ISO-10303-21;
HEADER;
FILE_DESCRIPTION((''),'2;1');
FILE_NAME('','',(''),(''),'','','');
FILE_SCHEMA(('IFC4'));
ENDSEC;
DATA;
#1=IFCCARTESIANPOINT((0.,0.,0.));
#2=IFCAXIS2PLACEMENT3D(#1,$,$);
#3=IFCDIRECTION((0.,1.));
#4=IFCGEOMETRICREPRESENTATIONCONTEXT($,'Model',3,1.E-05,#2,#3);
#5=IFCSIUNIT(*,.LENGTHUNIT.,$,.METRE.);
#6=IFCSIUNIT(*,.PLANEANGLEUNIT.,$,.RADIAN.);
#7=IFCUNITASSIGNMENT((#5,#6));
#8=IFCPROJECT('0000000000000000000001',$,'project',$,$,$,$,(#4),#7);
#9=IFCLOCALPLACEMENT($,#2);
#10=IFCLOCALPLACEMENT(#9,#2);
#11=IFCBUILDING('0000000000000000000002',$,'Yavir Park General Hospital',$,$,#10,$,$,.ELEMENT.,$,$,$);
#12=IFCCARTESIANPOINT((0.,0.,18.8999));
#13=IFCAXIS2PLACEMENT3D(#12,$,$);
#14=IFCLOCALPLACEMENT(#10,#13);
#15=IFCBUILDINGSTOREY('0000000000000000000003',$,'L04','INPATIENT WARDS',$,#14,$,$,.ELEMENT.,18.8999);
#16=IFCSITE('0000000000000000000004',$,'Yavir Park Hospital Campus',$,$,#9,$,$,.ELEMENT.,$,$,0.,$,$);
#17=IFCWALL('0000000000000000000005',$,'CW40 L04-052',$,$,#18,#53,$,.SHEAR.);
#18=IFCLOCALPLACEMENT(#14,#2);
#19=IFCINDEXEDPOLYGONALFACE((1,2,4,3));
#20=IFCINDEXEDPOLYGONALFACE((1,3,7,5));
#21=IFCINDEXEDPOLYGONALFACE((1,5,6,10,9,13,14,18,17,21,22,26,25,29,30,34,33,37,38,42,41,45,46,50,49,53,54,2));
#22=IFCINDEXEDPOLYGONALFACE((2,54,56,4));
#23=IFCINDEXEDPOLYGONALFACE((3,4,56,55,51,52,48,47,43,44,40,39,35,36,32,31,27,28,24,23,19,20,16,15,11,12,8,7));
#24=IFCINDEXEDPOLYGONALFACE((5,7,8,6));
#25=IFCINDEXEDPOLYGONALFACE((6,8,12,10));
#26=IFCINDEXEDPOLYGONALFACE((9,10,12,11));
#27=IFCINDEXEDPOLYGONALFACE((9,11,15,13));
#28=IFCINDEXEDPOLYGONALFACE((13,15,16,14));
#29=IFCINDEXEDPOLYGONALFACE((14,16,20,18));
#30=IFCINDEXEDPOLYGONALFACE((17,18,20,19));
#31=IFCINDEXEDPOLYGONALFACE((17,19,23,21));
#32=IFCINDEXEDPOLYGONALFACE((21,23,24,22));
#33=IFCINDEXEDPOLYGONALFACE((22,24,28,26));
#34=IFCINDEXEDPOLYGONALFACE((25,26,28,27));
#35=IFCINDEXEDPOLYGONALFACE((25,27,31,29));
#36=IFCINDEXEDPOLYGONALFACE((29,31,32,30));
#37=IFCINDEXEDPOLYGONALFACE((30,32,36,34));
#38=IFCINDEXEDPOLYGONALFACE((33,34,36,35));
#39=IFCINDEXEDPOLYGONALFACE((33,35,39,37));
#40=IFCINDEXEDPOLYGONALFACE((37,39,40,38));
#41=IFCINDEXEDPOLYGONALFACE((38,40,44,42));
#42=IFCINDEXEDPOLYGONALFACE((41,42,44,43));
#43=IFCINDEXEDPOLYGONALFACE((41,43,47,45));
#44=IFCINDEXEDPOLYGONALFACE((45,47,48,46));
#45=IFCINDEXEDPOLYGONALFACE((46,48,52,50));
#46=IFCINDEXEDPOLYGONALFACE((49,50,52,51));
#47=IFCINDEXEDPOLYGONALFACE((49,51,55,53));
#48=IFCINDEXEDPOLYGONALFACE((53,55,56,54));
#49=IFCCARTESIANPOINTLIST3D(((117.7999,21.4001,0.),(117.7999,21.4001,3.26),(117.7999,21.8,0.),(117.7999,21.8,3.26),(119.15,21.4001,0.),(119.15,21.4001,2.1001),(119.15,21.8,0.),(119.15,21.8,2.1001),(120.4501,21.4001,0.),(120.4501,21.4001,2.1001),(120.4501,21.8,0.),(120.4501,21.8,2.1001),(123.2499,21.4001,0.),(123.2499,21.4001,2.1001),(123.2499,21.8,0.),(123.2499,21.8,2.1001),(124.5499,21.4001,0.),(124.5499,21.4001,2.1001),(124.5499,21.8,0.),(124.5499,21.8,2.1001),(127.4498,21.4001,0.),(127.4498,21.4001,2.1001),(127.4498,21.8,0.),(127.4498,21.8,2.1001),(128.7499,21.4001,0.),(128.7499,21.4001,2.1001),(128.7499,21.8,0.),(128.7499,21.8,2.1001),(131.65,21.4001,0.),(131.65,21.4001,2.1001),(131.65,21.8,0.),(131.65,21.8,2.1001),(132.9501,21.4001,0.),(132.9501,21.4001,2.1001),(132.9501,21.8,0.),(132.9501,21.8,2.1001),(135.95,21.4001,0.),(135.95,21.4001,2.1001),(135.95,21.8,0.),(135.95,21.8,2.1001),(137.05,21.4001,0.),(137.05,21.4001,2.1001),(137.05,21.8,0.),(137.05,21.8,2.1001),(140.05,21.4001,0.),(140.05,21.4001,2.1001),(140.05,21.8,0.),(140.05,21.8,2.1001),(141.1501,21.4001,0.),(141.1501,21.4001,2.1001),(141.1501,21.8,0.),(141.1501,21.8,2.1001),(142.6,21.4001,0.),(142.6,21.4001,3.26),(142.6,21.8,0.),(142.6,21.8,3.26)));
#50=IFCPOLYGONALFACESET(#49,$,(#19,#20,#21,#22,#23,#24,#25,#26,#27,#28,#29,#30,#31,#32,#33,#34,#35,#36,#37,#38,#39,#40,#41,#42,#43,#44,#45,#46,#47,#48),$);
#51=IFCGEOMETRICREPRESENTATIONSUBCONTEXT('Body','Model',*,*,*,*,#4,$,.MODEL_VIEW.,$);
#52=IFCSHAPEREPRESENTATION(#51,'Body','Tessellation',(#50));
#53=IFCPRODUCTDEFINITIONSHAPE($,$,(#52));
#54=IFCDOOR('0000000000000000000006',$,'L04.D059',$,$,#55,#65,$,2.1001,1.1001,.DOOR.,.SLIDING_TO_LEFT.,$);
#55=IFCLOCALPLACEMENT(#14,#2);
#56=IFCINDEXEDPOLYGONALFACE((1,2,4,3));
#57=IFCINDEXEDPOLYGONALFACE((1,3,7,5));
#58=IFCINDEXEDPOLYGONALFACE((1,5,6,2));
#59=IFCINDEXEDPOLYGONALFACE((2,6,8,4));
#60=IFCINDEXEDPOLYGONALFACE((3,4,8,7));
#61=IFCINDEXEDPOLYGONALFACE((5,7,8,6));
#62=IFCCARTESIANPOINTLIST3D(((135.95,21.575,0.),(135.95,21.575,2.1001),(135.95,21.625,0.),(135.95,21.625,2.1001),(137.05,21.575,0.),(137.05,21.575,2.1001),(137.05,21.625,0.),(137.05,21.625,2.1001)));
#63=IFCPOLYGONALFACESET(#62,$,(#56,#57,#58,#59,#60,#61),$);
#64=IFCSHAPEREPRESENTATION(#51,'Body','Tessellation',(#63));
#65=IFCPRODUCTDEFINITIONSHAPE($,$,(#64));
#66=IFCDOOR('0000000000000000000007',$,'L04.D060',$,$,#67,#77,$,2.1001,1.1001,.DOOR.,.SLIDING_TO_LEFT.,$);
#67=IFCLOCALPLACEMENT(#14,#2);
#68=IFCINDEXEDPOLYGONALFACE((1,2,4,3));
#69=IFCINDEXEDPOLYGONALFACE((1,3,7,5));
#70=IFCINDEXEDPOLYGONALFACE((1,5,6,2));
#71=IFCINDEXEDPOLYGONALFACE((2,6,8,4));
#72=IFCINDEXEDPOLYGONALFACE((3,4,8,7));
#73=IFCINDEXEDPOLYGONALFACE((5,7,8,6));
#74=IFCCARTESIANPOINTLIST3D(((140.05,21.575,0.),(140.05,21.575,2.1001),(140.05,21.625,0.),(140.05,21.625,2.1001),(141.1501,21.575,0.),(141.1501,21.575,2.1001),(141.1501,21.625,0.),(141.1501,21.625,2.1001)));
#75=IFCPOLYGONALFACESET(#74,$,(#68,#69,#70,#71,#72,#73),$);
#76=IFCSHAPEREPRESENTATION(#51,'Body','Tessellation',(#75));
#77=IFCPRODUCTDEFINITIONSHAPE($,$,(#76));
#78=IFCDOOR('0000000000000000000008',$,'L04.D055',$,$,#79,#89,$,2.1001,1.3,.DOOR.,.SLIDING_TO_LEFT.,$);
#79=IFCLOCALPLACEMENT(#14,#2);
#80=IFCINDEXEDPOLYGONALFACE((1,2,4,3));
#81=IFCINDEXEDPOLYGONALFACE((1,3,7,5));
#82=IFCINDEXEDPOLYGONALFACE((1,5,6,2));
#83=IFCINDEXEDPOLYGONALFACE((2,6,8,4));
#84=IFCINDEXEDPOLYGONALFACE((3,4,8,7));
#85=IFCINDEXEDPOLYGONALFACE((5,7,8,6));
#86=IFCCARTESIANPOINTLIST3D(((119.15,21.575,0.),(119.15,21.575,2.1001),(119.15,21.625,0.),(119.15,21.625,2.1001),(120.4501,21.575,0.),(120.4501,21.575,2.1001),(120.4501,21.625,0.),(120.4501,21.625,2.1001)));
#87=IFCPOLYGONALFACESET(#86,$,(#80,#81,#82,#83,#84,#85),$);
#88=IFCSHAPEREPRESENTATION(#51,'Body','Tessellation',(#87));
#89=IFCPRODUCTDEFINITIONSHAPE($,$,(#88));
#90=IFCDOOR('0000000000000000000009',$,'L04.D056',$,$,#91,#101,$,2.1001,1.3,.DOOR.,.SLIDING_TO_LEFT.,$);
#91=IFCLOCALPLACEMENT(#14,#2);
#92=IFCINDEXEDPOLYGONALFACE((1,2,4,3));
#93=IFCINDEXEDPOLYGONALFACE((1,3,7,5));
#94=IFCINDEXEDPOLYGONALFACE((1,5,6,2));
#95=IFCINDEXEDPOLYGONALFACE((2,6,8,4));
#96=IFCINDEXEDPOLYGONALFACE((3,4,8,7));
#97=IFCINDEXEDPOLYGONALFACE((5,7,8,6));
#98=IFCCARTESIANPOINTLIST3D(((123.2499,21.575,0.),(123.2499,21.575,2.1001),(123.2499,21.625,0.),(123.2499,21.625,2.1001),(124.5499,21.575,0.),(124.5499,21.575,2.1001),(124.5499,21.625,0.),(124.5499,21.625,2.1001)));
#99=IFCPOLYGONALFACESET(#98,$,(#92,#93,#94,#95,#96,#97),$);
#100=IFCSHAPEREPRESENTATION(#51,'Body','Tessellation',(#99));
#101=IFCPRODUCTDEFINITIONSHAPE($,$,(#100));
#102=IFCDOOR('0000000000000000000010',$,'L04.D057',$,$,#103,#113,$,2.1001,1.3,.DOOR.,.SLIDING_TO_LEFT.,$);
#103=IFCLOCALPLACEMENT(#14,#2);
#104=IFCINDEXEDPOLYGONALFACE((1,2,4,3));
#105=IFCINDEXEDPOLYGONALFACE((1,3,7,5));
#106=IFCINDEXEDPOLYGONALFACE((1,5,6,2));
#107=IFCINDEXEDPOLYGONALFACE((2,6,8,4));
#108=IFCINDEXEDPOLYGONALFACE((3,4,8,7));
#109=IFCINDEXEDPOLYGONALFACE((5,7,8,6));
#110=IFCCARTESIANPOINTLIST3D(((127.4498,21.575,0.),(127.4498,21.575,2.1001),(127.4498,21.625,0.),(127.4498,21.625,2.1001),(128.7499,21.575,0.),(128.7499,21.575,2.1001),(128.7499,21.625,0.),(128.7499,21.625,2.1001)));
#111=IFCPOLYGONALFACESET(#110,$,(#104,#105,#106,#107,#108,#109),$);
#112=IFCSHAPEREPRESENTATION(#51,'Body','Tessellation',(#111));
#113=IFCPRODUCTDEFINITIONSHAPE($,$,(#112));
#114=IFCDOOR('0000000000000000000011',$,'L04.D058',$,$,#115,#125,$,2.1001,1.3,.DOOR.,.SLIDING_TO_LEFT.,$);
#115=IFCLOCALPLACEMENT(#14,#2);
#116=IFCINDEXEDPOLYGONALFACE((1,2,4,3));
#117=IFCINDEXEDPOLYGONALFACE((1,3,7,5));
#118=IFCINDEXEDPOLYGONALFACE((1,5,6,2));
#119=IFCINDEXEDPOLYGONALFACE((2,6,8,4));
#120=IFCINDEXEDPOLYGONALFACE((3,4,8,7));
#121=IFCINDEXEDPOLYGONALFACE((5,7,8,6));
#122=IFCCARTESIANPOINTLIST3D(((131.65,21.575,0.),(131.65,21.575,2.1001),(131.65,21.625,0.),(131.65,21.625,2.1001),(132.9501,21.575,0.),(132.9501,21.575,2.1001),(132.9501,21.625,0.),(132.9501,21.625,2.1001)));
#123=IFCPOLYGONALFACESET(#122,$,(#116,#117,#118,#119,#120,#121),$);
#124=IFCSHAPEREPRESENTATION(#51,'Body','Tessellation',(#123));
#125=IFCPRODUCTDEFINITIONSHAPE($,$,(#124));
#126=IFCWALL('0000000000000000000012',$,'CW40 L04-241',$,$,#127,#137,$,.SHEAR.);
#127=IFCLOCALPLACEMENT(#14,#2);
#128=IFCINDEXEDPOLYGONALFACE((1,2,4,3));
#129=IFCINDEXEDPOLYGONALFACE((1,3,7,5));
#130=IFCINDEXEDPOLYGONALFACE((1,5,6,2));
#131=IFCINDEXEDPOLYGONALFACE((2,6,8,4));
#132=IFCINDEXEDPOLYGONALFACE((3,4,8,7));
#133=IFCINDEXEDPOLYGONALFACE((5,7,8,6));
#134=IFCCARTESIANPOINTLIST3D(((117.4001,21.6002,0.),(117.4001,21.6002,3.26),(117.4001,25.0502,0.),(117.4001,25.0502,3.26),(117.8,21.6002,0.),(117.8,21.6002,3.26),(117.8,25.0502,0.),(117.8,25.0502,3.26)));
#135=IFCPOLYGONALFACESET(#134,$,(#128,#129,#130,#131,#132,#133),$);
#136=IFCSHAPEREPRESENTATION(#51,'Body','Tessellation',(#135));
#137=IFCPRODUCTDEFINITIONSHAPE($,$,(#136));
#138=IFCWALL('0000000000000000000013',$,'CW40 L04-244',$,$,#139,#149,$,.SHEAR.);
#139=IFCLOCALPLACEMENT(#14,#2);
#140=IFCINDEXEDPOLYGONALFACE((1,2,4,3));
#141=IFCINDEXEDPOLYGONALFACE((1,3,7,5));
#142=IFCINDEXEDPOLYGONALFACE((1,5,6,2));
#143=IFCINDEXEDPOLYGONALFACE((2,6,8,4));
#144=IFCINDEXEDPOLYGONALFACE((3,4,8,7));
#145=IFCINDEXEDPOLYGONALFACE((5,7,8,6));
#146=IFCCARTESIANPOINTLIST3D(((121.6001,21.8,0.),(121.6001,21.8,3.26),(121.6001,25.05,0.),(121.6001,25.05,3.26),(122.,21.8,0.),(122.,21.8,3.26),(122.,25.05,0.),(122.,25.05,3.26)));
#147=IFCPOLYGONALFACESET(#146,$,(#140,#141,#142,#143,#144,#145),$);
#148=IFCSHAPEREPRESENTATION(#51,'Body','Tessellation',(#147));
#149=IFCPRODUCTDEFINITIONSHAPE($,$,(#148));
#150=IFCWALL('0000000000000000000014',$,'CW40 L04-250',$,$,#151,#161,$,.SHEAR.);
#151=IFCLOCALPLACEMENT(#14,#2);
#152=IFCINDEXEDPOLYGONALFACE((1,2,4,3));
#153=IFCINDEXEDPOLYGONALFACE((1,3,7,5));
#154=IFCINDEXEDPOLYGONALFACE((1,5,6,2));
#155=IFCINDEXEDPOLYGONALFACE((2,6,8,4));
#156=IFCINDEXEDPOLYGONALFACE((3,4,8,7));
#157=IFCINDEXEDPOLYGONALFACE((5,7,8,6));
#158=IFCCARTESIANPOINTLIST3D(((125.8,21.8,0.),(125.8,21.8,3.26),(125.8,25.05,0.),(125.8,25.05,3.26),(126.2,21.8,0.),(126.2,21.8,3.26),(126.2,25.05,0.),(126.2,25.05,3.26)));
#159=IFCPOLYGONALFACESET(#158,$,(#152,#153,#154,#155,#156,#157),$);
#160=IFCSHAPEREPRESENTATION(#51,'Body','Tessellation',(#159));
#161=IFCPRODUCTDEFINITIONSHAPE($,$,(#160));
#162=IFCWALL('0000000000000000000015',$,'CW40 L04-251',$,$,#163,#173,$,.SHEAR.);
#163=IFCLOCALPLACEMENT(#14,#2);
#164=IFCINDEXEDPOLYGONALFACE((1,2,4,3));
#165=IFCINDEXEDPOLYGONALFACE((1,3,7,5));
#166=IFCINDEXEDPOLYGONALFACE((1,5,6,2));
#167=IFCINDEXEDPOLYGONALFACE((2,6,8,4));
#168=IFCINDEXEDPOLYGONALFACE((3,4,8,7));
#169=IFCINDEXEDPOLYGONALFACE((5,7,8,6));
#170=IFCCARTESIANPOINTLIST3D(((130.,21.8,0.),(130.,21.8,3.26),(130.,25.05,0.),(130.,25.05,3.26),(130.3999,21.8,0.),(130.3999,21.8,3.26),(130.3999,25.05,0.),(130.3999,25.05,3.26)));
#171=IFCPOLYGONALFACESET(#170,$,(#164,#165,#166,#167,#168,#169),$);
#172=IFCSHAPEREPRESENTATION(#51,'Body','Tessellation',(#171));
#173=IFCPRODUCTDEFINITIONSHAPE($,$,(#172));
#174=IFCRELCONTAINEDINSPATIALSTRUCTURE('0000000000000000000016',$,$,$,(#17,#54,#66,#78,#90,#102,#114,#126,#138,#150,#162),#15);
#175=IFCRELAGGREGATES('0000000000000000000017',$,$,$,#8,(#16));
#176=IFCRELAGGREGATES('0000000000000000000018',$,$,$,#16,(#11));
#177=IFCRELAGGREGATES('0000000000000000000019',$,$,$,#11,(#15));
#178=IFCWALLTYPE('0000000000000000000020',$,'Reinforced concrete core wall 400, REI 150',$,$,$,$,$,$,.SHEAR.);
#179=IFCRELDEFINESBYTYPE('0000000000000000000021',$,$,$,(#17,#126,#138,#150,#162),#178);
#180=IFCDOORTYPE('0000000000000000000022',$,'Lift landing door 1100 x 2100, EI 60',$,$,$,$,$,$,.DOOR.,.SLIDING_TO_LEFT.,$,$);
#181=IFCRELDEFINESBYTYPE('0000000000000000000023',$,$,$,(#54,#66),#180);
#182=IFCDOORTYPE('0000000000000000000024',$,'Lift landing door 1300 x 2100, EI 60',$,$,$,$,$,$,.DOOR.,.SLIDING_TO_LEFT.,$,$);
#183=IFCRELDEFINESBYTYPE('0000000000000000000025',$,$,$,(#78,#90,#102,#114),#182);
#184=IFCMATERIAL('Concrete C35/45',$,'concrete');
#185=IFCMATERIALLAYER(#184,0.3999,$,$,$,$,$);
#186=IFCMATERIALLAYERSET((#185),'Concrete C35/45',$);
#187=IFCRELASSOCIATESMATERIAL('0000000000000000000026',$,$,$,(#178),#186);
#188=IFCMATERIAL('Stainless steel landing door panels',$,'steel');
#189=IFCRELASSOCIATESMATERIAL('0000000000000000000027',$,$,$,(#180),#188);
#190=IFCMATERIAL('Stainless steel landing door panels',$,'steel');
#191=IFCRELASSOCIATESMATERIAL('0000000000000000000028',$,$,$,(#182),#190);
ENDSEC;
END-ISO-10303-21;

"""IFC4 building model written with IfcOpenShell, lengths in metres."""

from ifc_helpers import new_model, si_unit, direction, frame, frame_2d, origin, place, context, subcontext, project, spatial, rectangle, extrude, material, layer, layer_set, type_object, element, fill, save


model = new_model("IFC4")

# Units and contexts
model_context = context("Model", 3, precision=1e-05, world=origin(), true_north=direction((0.0, 1.0)))
body_context = subcontext(model_context, "Body", "Model", "MODEL_VIEW")
ifc_project = project(units=[si_unit("LENGTHUNIT", "METRE"), si_unit("PLANEANGLEUNIT", "RADIAN")], contexts=[model_context])

# Site, building, storey
site_placement = place(None, origin())
site = spatial("IfcSite", under=ifc_project, at=site_placement, Name="Yavir Park Hospital Campus", CompositionType="ELEMENT", RefElevation=0.0)
building_placement = place(site_placement, origin())
building = spatial("IfcBuilding", under=site, at=building_placement, Name="Yavir Park General Hospital", CompositionType="ELEMENT")
storey_placement = place(building_placement, frame((0.0, 0.0, 18.8999)))
storey = spatial("IfcBuildingStorey", under=building, at=storey_placement, Name="L04", Description="INPATIENT WARDS", CompositionType="ELEMENT", Elevation=18.8999)

# Wall, openings, doors
ifc_material_1 = material(Name="Concrete C35/45", Category="concrete")
ifc_layer_1 = layer(ifc_material_1, 0.3999)
ifc_layer_set_1 = layer_set([ifc_layer_1], Name="Concrete C35/45")
wall_type_1 = type_object("IfcWallType", Name="Reinforced concrete core wall 400, REI 150", PredefinedType="SHEAR", material=ifc_layer_set_1)
wall_1_placement = place(storey_placement, frame((117.8, 21.6001, 0.0), z_axis=(0.0, 0.0, 1.0), x_axis=(1.0, 0.0, 0.0)))
wall_1 = element("IfcWall", 1, at=wall_1_placement, inside=storey, type_object=wall_type_1, Name="CW40 L04-052", PredefinedType="SHEAR", context=body_context, shape_type="SweptSolid", body=[
    extrude(rectangle(XDim=24.8, YDim=0.3999, at=frame_2d((12.3999, 0.0))), origin(), (0.0, 0.0, 1.0), 3.26),
])
opening_1_placement = place(wall_1_placement, frame((1.3501, 0.0, 0.0)))
opening_1 = element("IfcOpeningElement", 2, at=opening_1_placement, cuts=wall_1, PredefinedType="OPENING", context=body_context, shape_type="SweptSolid", body=[
    extrude(rectangle(XDim=1.3, YDim=2.1001, at=frame_2d((0.6499, 1.05))), frame((0.0, 0.21, 0.0), z_axis=(0.0, -1.0, 0.0), x_axis=(1.0, 0.0, 0.0)), (0.0, 0.0, 1.0), 0.4199),
])
opening_2_placement = place(wall_1_placement, frame((5.45, 0.0, 0.0)))
opening_2 = element("IfcOpeningElement", 3, at=opening_2_placement, cuts=wall_1, PredefinedType="OPENING", context=body_context, shape_type="SweptSolid", body=[
    extrude(rectangle(XDim=1.3, YDim=2.1001, at=frame_2d((0.6499, 1.05))), frame((0.0, 0.21, 0.0), z_axis=(0.0, -1.0, 0.0), x_axis=(1.0, 0.0, 0.0)), (0.0, 0.0, 1.0), 0.4199),
])
opening_3_placement = place(wall_1_placement, frame((9.6499, 0.0, 0.0)))
opening_3 = element("IfcOpeningElement", 4, at=opening_3_placement, cuts=wall_1, PredefinedType="OPENING", context=body_context, shape_type="SweptSolid", body=[
    extrude(rectangle(XDim=1.3, YDim=2.1001, at=frame_2d((0.6499, 1.05))), frame((0.0, 0.21, 0.0), z_axis=(0.0, -1.0, 0.0), x_axis=(1.0, 0.0, 0.0)), (0.0, 0.0, 1.0), 0.4199),
])
opening_4_placement = place(wall_1_placement, frame((13.8501, 0.0, 0.0)))
opening_4 = element("IfcOpeningElement", 5, at=opening_4_placement, cuts=wall_1, PredefinedType="OPENING", context=body_context, shape_type="SweptSolid", body=[
    extrude(rectangle(XDim=1.3, YDim=2.1001, at=frame_2d((0.6499, 1.05))), frame((0.0, 0.21, 0.0), z_axis=(0.0, -1.0, 0.0), x_axis=(1.0, 0.0, 0.0)), (0.0, 0.0, 1.0), 0.4199),
])
opening_5_placement = place(wall_1_placement, frame((18.1499, 0.0, 0.0)))
opening_5 = element("IfcOpeningElement", 6, at=opening_5_placement, cuts=wall_1, PredefinedType="OPENING", context=body_context, shape_type="SweptSolid", body=[
    extrude(rectangle(XDim=1.1001, YDim=2.1001, at=frame_2d((0.55, 1.05))), frame((0.0, 0.21, 0.0), z_axis=(0.0, -1.0, 0.0), x_axis=(1.0, 0.0, 0.0)), (0.0, 0.0, 1.0), 0.4199),
])
opening_6_placement = place(wall_1_placement, frame((22.25, 0.0, 0.0)))
opening_6 = element("IfcOpeningElement", 7, at=opening_6_placement, cuts=wall_1, PredefinedType="OPENING", context=body_context, shape_type="SweptSolid", body=[
    extrude(rectangle(XDim=1.1001, YDim=2.1001, at=frame_2d((0.55, 1.05))), frame((0.0, 0.21, 0.0), z_axis=(0.0, -1.0, 0.0), x_axis=(1.0, 0.0, 0.0)), (0.0, 0.0, 1.0), 0.4199),
])
ifc_material_2 = material(Name="Stainless steel landing door panels", Category="steel")
door_type_1 = type_object("IfcDoorType", Name="Lift landing door 1100 x 2100, EI 60", OperationType="SLIDING_TO_LEFT", PredefinedType="DOOR", material=ifc_material_2)
door_1_placement = place(opening_5_placement, origin())
door_1 = element("IfcDoor", 8, at=door_1_placement, inside=storey, type_object=door_type_1, Name="L04.D059", OperationType="SLIDING_TO_LEFT", OverallHeight=2.1001, OverallWidth=1.1001, PredefinedType="DOOR", context=body_context, shape_type="SweptSolid", body=[
    extrude(rectangle(XDim=1.1001, YDim=2.1001, at=frame_2d((0.55, 1.05))), frame((0.0, 0.0249, 0.0), z_axis=(0.0, -1.0, 0.0), x_axis=(1.0, 0.0, 0.0)), (0.0, 0.0, 1.0), 0.05),
])
fill(opening_5, door_1)
door_2_placement = place(opening_6_placement, origin())
door_2 = element("IfcDoor", 9, at=door_2_placement, inside=storey, type_object=door_type_1, Name="L04.D060", OperationType="SLIDING_TO_LEFT", OverallHeight=2.1001, OverallWidth=1.1001, PredefinedType="DOOR", context=body_context, shape_type="SweptSolid", body=[
    extrude(rectangle(XDim=1.1001, YDim=2.1001, at=frame_2d((0.55, 1.05))), frame((0.0, 0.0249, 0.0), z_axis=(0.0, -1.0, 0.0), x_axis=(1.0, 0.0, 0.0)), (0.0, 0.0, 1.0), 0.05),
])
fill(opening_6, door_2)
ifc_material_3 = material(Name="Stainless steel landing door panels", Category="steel")
door_type_2 = type_object("IfcDoorType", Name="Lift landing door 1300 x 2100, EI 60", OperationType="SLIDING_TO_LEFT", PredefinedType="DOOR", material=ifc_material_3)
door_3_placement = place(opening_1_placement, origin())
door_3 = element("IfcDoor", 10, at=door_3_placement, inside=storey, type_object=door_type_2, Name="L04.D055", OperationType="SLIDING_TO_LEFT", OverallHeight=2.1001, OverallWidth=1.3, PredefinedType="DOOR", context=body_context, shape_type="SweptSolid", body=[
    extrude(rectangle(XDim=1.3, YDim=2.1001, at=frame_2d((0.6499, 1.05))), frame((0.0, 0.0249, 0.0), z_axis=(0.0, -1.0, 0.0), x_axis=(1.0, 0.0, 0.0)), (0.0, 0.0, 1.0), 0.05),
])
fill(opening_1, door_3)
door_4_placement = place(opening_2_placement, origin())
door_4 = element("IfcDoor", 11, at=door_4_placement, inside=storey, type_object=door_type_2, Name="L04.D056", OperationType="SLIDING_TO_LEFT", OverallHeight=2.1001, OverallWidth=1.3, PredefinedType="DOOR", context=body_context, shape_type="SweptSolid", body=[
    extrude(rectangle(XDim=1.3, YDim=2.1001, at=frame_2d((0.6499, 1.05))), frame((0.0, 0.0249, 0.0), z_axis=(0.0, -1.0, 0.0), x_axis=(1.0, 0.0, 0.0)), (0.0, 0.0, 1.0), 0.05),
])
fill(opening_2, door_4)
door_5_placement = place(opening_3_placement, origin())
door_5 = element("IfcDoor", 12, at=door_5_placement, inside=storey, type_object=door_type_2, Name="L04.D057", OperationType="SLIDING_TO_LEFT", OverallHeight=2.1001, OverallWidth=1.3, PredefinedType="DOOR", context=body_context, shape_type="SweptSolid", body=[
    extrude(rectangle(XDim=1.3, YDim=2.1001, at=frame_2d((0.6499, 1.05))), frame((0.0, 0.0249, 0.0), z_axis=(0.0, -1.0, 0.0), x_axis=(1.0, 0.0, 0.0)), (0.0, 0.0, 1.0), 0.05),
])
fill(opening_3, door_5)
door_6_placement = place(opening_4_placement, origin())
door_6 = element("IfcDoor", 13, at=door_6_placement, inside=storey, type_object=door_type_2, Name="L04.D058", OperationType="SLIDING_TO_LEFT", OverallHeight=2.1001, OverallWidth=1.3, PredefinedType="DOOR", context=body_context, shape_type="SweptSolid", body=[
    extrude(rectangle(XDim=1.3, YDim=2.1001, at=frame_2d((0.6499, 1.05))), frame((0.0, 0.0249, 0.0), z_axis=(0.0, -1.0, 0.0), x_axis=(1.0, 0.0, 0.0)), (0.0, 0.0, 1.0), 0.05),
])
fill(opening_4, door_6)

# Walls
wall_2_placement = place(storey_placement, frame((117.6001, 21.6001, 0.0), z_axis=(0.0, 0.0, 1.0), x_axis=(0.0, 1.0, 0.0)))
element("IfcWall", 14, at=wall_2_placement, inside=storey, type_object=wall_type_1, Name="CW40 L04-241", PredefinedType="SHEAR", context=body_context, shape_type="SweptSolid", body=[
    extrude(rectangle(XDim=3.45, YDim=0.3999, at=frame_2d((1.7251, 0.0))), origin(), (0.0, 0.0, 1.0), 3.26),
])
for number, where, z_axis, x_axis, name in (
    (15, (121.8, 21.8, 0.0), (0.0, 0.0, 1.0), (0.0, 1.0, 0.0), "CW40 L04-244"),
    (16, (126.0, 21.8, 0.0), (0.0, 0.0, 1.0), (0.0, 1.0, 0.0), "CW40 L04-250"),
    (17, (130.2, 21.8, 0.0), (0.0, 0.0, 1.0), (0.0, 1.0, 0.0), "CW40 L04-251"),
):
    element("IfcWall", number, at=place(storey_placement, frame(where, z_axis=z_axis, x_axis=x_axis)), inside=storey, type_object=wall_type_1, Name=name, PredefinedType="SHEAR", context=body_context, shape_type="SweptSolid", body=[
        extrude(rectangle(XDim=3.25, YDim=0.3999, at=frame_2d((1.625, 0.0))), origin(), (0.0, 0.0, 1.0), 3.26),
    ])

save(model, "model.ifc")
